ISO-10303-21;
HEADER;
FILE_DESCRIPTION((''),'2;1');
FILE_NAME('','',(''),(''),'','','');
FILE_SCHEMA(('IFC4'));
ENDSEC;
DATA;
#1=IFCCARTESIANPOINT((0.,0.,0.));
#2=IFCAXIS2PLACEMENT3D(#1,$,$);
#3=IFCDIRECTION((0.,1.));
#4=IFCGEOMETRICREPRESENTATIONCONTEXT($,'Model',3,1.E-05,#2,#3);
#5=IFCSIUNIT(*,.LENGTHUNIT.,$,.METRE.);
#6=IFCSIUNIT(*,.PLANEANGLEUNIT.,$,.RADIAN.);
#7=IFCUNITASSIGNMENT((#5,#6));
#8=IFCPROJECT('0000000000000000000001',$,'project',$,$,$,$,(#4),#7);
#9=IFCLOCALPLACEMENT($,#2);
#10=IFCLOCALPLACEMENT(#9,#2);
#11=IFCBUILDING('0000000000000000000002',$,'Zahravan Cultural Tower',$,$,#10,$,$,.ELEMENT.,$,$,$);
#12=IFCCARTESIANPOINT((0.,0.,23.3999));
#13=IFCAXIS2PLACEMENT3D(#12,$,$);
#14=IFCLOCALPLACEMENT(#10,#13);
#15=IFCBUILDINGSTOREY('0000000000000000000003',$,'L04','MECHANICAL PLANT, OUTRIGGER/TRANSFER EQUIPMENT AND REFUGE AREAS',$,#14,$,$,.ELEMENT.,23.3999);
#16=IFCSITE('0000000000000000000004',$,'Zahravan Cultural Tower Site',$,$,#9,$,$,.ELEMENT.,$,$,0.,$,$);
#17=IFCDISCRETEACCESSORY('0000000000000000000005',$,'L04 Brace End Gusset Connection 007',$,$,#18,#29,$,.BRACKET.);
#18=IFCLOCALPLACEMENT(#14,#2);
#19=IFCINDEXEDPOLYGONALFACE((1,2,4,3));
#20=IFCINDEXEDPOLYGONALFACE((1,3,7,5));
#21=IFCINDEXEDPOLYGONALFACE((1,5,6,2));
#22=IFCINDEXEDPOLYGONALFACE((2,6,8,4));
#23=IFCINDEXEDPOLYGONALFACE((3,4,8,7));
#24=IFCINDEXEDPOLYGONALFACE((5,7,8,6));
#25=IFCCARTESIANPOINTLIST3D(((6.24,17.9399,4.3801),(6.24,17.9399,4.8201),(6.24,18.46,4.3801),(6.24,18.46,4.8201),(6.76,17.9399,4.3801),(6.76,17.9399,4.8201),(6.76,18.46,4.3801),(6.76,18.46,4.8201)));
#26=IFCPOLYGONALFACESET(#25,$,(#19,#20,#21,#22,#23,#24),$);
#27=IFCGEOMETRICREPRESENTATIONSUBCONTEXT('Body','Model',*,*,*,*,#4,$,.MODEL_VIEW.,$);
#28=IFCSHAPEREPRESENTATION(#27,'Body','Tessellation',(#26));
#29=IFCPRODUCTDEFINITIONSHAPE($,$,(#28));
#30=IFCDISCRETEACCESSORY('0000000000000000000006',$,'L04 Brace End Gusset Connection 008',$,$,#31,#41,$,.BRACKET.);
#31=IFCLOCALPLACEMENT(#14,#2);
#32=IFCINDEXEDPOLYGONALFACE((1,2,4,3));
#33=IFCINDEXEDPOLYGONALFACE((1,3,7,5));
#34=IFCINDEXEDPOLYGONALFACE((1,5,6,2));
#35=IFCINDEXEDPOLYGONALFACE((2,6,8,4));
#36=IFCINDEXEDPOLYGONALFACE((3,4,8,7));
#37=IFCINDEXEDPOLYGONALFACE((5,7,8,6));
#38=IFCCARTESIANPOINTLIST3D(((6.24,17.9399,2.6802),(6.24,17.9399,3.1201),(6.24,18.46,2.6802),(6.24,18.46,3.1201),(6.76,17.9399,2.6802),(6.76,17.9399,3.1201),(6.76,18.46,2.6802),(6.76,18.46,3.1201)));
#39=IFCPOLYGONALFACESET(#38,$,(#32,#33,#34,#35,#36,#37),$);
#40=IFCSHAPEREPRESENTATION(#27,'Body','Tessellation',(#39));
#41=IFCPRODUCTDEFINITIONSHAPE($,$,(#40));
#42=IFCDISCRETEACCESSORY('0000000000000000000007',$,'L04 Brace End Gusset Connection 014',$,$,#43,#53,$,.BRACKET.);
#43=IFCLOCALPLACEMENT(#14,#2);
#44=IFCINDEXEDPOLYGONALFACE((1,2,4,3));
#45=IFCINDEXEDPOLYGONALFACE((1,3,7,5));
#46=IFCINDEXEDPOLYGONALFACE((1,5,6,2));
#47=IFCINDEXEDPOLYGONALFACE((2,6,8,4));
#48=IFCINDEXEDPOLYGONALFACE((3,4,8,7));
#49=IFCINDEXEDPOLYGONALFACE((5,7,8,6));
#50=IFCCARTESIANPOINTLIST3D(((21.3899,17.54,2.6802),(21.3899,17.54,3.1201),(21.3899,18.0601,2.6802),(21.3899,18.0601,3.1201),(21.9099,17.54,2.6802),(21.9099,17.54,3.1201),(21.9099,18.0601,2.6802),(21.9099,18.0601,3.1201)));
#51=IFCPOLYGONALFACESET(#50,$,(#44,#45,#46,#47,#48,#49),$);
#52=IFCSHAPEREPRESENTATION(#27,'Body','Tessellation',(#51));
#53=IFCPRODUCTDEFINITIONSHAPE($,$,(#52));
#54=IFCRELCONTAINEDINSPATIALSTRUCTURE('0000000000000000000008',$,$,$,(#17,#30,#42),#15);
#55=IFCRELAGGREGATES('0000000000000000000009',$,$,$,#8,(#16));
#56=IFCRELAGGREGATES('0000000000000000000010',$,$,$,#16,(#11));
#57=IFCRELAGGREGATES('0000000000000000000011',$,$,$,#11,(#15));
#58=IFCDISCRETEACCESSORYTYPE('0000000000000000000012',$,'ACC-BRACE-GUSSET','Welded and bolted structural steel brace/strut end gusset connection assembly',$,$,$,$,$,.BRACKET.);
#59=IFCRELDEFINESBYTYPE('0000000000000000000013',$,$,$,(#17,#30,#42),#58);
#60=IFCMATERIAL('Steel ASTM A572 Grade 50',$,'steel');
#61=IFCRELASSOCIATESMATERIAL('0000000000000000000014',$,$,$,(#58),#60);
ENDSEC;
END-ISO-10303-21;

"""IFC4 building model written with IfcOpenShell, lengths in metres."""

from ifc_helpers import new_model, si_unit, direction, frame, origin, origin_2d, place, context, subcontext, project, spatial, rectangle, extrude, source, transform, mapped, material, type_object, element, save


model = new_model("IFC4")

# Units and contexts
model_context = context("Model", 3, precision=1e-05, world=origin(), true_north=direction((0.0, 1.0)))
body_context = subcontext(model_context, "Body", "Model", "MODEL_VIEW")
ifc_project = project(units=[si_unit("LENGTHUNIT", "METRE"), si_unit("PLANEANGLEUNIT", "RADIAN")], contexts=[model_context])

# Site, building, storey
site_placement = place(None, origin())
site = spatial("IfcSite", under=ifc_project, at=site_placement, Name="Zahravan Cultural Tower Site", CompositionType="ELEMENT", RefElevation=0.0)
building_placement = place(site_placement, origin())
building = spatial("IfcBuilding", under=site, at=building_placement, Name="Zahravan Cultural Tower", CompositionType="ELEMENT")
storey_placement = place(building_placement, frame((0.0, 0.0, 23.3999)))
storey = spatial("IfcBuildingStorey", under=building, at=storey_placement, Name="L04", Description="MECHANICAL PLANT, OUTRIGGER/TRANSFER EQUIPMENT AND REFUGE AREAS", CompositionType="ELEMENT", Elevation=23.3999)

# Shared definitions
ifc_material_1 = material(Name="Steel ASTM A572 Grade 50", Category="steel")

# Discrete accessories
discrete_accessory_type = type_object("IfcDiscreteAccessoryType", Name="ACC-BRACE-GUSSET", Description="Welded and bolted structural steel brace/strut end gusset connection assembly", PredefinedType="BRACKET", material=ifc_material_1)
shared_shape_1 = source(origin(), body_context, "Body", "SweptSolid", [
    extrude(rectangle(XDim=0.52, YDim=0.52, at=origin_2d()), origin(), (0.0, 0.0, 1.0), 0.4399),
])
for number, where, z_axis, x_axis, name in (
    (1, (6.5, 18.2, 4.3801), (0.0, 0.0, 1.0), (1.0, 0.0, 0.0), "L04 Brace End Gusset Connection 007"),
    (2, (6.5, 18.2, 2.6802), (0.0, 0.0, 1.0), (1.0, 0.0, 0.0), "L04 Brace End Gusset Connection 008"),
    (3, (21.6499, 17.8, 2.6802), (0.0, 0.0, 1.0), (1.0, 0.0, 0.0), "L04 Brace End Gusset Connection 014"),
):
    element("IfcDiscreteAccessory", number, at=place(storey_placement, frame(where, z_axis=z_axis, x_axis=x_axis)), inside=storey, type_object=discrete_accessory_type, Name=name, PredefinedType="BRACKET", context=body_context, shape_type="MappedRepresentation", body=[
        mapped(shared_shape_1, transform((0.0, 0.0, 0.0), x_axis=(1.0, 0.0, 0.0), y_axis=(0.0, 1.0, 0.0), z_axis=(0.0, 0.0, 1.0), scale=1.0)),
    ])

save(model, "model.ifc")
